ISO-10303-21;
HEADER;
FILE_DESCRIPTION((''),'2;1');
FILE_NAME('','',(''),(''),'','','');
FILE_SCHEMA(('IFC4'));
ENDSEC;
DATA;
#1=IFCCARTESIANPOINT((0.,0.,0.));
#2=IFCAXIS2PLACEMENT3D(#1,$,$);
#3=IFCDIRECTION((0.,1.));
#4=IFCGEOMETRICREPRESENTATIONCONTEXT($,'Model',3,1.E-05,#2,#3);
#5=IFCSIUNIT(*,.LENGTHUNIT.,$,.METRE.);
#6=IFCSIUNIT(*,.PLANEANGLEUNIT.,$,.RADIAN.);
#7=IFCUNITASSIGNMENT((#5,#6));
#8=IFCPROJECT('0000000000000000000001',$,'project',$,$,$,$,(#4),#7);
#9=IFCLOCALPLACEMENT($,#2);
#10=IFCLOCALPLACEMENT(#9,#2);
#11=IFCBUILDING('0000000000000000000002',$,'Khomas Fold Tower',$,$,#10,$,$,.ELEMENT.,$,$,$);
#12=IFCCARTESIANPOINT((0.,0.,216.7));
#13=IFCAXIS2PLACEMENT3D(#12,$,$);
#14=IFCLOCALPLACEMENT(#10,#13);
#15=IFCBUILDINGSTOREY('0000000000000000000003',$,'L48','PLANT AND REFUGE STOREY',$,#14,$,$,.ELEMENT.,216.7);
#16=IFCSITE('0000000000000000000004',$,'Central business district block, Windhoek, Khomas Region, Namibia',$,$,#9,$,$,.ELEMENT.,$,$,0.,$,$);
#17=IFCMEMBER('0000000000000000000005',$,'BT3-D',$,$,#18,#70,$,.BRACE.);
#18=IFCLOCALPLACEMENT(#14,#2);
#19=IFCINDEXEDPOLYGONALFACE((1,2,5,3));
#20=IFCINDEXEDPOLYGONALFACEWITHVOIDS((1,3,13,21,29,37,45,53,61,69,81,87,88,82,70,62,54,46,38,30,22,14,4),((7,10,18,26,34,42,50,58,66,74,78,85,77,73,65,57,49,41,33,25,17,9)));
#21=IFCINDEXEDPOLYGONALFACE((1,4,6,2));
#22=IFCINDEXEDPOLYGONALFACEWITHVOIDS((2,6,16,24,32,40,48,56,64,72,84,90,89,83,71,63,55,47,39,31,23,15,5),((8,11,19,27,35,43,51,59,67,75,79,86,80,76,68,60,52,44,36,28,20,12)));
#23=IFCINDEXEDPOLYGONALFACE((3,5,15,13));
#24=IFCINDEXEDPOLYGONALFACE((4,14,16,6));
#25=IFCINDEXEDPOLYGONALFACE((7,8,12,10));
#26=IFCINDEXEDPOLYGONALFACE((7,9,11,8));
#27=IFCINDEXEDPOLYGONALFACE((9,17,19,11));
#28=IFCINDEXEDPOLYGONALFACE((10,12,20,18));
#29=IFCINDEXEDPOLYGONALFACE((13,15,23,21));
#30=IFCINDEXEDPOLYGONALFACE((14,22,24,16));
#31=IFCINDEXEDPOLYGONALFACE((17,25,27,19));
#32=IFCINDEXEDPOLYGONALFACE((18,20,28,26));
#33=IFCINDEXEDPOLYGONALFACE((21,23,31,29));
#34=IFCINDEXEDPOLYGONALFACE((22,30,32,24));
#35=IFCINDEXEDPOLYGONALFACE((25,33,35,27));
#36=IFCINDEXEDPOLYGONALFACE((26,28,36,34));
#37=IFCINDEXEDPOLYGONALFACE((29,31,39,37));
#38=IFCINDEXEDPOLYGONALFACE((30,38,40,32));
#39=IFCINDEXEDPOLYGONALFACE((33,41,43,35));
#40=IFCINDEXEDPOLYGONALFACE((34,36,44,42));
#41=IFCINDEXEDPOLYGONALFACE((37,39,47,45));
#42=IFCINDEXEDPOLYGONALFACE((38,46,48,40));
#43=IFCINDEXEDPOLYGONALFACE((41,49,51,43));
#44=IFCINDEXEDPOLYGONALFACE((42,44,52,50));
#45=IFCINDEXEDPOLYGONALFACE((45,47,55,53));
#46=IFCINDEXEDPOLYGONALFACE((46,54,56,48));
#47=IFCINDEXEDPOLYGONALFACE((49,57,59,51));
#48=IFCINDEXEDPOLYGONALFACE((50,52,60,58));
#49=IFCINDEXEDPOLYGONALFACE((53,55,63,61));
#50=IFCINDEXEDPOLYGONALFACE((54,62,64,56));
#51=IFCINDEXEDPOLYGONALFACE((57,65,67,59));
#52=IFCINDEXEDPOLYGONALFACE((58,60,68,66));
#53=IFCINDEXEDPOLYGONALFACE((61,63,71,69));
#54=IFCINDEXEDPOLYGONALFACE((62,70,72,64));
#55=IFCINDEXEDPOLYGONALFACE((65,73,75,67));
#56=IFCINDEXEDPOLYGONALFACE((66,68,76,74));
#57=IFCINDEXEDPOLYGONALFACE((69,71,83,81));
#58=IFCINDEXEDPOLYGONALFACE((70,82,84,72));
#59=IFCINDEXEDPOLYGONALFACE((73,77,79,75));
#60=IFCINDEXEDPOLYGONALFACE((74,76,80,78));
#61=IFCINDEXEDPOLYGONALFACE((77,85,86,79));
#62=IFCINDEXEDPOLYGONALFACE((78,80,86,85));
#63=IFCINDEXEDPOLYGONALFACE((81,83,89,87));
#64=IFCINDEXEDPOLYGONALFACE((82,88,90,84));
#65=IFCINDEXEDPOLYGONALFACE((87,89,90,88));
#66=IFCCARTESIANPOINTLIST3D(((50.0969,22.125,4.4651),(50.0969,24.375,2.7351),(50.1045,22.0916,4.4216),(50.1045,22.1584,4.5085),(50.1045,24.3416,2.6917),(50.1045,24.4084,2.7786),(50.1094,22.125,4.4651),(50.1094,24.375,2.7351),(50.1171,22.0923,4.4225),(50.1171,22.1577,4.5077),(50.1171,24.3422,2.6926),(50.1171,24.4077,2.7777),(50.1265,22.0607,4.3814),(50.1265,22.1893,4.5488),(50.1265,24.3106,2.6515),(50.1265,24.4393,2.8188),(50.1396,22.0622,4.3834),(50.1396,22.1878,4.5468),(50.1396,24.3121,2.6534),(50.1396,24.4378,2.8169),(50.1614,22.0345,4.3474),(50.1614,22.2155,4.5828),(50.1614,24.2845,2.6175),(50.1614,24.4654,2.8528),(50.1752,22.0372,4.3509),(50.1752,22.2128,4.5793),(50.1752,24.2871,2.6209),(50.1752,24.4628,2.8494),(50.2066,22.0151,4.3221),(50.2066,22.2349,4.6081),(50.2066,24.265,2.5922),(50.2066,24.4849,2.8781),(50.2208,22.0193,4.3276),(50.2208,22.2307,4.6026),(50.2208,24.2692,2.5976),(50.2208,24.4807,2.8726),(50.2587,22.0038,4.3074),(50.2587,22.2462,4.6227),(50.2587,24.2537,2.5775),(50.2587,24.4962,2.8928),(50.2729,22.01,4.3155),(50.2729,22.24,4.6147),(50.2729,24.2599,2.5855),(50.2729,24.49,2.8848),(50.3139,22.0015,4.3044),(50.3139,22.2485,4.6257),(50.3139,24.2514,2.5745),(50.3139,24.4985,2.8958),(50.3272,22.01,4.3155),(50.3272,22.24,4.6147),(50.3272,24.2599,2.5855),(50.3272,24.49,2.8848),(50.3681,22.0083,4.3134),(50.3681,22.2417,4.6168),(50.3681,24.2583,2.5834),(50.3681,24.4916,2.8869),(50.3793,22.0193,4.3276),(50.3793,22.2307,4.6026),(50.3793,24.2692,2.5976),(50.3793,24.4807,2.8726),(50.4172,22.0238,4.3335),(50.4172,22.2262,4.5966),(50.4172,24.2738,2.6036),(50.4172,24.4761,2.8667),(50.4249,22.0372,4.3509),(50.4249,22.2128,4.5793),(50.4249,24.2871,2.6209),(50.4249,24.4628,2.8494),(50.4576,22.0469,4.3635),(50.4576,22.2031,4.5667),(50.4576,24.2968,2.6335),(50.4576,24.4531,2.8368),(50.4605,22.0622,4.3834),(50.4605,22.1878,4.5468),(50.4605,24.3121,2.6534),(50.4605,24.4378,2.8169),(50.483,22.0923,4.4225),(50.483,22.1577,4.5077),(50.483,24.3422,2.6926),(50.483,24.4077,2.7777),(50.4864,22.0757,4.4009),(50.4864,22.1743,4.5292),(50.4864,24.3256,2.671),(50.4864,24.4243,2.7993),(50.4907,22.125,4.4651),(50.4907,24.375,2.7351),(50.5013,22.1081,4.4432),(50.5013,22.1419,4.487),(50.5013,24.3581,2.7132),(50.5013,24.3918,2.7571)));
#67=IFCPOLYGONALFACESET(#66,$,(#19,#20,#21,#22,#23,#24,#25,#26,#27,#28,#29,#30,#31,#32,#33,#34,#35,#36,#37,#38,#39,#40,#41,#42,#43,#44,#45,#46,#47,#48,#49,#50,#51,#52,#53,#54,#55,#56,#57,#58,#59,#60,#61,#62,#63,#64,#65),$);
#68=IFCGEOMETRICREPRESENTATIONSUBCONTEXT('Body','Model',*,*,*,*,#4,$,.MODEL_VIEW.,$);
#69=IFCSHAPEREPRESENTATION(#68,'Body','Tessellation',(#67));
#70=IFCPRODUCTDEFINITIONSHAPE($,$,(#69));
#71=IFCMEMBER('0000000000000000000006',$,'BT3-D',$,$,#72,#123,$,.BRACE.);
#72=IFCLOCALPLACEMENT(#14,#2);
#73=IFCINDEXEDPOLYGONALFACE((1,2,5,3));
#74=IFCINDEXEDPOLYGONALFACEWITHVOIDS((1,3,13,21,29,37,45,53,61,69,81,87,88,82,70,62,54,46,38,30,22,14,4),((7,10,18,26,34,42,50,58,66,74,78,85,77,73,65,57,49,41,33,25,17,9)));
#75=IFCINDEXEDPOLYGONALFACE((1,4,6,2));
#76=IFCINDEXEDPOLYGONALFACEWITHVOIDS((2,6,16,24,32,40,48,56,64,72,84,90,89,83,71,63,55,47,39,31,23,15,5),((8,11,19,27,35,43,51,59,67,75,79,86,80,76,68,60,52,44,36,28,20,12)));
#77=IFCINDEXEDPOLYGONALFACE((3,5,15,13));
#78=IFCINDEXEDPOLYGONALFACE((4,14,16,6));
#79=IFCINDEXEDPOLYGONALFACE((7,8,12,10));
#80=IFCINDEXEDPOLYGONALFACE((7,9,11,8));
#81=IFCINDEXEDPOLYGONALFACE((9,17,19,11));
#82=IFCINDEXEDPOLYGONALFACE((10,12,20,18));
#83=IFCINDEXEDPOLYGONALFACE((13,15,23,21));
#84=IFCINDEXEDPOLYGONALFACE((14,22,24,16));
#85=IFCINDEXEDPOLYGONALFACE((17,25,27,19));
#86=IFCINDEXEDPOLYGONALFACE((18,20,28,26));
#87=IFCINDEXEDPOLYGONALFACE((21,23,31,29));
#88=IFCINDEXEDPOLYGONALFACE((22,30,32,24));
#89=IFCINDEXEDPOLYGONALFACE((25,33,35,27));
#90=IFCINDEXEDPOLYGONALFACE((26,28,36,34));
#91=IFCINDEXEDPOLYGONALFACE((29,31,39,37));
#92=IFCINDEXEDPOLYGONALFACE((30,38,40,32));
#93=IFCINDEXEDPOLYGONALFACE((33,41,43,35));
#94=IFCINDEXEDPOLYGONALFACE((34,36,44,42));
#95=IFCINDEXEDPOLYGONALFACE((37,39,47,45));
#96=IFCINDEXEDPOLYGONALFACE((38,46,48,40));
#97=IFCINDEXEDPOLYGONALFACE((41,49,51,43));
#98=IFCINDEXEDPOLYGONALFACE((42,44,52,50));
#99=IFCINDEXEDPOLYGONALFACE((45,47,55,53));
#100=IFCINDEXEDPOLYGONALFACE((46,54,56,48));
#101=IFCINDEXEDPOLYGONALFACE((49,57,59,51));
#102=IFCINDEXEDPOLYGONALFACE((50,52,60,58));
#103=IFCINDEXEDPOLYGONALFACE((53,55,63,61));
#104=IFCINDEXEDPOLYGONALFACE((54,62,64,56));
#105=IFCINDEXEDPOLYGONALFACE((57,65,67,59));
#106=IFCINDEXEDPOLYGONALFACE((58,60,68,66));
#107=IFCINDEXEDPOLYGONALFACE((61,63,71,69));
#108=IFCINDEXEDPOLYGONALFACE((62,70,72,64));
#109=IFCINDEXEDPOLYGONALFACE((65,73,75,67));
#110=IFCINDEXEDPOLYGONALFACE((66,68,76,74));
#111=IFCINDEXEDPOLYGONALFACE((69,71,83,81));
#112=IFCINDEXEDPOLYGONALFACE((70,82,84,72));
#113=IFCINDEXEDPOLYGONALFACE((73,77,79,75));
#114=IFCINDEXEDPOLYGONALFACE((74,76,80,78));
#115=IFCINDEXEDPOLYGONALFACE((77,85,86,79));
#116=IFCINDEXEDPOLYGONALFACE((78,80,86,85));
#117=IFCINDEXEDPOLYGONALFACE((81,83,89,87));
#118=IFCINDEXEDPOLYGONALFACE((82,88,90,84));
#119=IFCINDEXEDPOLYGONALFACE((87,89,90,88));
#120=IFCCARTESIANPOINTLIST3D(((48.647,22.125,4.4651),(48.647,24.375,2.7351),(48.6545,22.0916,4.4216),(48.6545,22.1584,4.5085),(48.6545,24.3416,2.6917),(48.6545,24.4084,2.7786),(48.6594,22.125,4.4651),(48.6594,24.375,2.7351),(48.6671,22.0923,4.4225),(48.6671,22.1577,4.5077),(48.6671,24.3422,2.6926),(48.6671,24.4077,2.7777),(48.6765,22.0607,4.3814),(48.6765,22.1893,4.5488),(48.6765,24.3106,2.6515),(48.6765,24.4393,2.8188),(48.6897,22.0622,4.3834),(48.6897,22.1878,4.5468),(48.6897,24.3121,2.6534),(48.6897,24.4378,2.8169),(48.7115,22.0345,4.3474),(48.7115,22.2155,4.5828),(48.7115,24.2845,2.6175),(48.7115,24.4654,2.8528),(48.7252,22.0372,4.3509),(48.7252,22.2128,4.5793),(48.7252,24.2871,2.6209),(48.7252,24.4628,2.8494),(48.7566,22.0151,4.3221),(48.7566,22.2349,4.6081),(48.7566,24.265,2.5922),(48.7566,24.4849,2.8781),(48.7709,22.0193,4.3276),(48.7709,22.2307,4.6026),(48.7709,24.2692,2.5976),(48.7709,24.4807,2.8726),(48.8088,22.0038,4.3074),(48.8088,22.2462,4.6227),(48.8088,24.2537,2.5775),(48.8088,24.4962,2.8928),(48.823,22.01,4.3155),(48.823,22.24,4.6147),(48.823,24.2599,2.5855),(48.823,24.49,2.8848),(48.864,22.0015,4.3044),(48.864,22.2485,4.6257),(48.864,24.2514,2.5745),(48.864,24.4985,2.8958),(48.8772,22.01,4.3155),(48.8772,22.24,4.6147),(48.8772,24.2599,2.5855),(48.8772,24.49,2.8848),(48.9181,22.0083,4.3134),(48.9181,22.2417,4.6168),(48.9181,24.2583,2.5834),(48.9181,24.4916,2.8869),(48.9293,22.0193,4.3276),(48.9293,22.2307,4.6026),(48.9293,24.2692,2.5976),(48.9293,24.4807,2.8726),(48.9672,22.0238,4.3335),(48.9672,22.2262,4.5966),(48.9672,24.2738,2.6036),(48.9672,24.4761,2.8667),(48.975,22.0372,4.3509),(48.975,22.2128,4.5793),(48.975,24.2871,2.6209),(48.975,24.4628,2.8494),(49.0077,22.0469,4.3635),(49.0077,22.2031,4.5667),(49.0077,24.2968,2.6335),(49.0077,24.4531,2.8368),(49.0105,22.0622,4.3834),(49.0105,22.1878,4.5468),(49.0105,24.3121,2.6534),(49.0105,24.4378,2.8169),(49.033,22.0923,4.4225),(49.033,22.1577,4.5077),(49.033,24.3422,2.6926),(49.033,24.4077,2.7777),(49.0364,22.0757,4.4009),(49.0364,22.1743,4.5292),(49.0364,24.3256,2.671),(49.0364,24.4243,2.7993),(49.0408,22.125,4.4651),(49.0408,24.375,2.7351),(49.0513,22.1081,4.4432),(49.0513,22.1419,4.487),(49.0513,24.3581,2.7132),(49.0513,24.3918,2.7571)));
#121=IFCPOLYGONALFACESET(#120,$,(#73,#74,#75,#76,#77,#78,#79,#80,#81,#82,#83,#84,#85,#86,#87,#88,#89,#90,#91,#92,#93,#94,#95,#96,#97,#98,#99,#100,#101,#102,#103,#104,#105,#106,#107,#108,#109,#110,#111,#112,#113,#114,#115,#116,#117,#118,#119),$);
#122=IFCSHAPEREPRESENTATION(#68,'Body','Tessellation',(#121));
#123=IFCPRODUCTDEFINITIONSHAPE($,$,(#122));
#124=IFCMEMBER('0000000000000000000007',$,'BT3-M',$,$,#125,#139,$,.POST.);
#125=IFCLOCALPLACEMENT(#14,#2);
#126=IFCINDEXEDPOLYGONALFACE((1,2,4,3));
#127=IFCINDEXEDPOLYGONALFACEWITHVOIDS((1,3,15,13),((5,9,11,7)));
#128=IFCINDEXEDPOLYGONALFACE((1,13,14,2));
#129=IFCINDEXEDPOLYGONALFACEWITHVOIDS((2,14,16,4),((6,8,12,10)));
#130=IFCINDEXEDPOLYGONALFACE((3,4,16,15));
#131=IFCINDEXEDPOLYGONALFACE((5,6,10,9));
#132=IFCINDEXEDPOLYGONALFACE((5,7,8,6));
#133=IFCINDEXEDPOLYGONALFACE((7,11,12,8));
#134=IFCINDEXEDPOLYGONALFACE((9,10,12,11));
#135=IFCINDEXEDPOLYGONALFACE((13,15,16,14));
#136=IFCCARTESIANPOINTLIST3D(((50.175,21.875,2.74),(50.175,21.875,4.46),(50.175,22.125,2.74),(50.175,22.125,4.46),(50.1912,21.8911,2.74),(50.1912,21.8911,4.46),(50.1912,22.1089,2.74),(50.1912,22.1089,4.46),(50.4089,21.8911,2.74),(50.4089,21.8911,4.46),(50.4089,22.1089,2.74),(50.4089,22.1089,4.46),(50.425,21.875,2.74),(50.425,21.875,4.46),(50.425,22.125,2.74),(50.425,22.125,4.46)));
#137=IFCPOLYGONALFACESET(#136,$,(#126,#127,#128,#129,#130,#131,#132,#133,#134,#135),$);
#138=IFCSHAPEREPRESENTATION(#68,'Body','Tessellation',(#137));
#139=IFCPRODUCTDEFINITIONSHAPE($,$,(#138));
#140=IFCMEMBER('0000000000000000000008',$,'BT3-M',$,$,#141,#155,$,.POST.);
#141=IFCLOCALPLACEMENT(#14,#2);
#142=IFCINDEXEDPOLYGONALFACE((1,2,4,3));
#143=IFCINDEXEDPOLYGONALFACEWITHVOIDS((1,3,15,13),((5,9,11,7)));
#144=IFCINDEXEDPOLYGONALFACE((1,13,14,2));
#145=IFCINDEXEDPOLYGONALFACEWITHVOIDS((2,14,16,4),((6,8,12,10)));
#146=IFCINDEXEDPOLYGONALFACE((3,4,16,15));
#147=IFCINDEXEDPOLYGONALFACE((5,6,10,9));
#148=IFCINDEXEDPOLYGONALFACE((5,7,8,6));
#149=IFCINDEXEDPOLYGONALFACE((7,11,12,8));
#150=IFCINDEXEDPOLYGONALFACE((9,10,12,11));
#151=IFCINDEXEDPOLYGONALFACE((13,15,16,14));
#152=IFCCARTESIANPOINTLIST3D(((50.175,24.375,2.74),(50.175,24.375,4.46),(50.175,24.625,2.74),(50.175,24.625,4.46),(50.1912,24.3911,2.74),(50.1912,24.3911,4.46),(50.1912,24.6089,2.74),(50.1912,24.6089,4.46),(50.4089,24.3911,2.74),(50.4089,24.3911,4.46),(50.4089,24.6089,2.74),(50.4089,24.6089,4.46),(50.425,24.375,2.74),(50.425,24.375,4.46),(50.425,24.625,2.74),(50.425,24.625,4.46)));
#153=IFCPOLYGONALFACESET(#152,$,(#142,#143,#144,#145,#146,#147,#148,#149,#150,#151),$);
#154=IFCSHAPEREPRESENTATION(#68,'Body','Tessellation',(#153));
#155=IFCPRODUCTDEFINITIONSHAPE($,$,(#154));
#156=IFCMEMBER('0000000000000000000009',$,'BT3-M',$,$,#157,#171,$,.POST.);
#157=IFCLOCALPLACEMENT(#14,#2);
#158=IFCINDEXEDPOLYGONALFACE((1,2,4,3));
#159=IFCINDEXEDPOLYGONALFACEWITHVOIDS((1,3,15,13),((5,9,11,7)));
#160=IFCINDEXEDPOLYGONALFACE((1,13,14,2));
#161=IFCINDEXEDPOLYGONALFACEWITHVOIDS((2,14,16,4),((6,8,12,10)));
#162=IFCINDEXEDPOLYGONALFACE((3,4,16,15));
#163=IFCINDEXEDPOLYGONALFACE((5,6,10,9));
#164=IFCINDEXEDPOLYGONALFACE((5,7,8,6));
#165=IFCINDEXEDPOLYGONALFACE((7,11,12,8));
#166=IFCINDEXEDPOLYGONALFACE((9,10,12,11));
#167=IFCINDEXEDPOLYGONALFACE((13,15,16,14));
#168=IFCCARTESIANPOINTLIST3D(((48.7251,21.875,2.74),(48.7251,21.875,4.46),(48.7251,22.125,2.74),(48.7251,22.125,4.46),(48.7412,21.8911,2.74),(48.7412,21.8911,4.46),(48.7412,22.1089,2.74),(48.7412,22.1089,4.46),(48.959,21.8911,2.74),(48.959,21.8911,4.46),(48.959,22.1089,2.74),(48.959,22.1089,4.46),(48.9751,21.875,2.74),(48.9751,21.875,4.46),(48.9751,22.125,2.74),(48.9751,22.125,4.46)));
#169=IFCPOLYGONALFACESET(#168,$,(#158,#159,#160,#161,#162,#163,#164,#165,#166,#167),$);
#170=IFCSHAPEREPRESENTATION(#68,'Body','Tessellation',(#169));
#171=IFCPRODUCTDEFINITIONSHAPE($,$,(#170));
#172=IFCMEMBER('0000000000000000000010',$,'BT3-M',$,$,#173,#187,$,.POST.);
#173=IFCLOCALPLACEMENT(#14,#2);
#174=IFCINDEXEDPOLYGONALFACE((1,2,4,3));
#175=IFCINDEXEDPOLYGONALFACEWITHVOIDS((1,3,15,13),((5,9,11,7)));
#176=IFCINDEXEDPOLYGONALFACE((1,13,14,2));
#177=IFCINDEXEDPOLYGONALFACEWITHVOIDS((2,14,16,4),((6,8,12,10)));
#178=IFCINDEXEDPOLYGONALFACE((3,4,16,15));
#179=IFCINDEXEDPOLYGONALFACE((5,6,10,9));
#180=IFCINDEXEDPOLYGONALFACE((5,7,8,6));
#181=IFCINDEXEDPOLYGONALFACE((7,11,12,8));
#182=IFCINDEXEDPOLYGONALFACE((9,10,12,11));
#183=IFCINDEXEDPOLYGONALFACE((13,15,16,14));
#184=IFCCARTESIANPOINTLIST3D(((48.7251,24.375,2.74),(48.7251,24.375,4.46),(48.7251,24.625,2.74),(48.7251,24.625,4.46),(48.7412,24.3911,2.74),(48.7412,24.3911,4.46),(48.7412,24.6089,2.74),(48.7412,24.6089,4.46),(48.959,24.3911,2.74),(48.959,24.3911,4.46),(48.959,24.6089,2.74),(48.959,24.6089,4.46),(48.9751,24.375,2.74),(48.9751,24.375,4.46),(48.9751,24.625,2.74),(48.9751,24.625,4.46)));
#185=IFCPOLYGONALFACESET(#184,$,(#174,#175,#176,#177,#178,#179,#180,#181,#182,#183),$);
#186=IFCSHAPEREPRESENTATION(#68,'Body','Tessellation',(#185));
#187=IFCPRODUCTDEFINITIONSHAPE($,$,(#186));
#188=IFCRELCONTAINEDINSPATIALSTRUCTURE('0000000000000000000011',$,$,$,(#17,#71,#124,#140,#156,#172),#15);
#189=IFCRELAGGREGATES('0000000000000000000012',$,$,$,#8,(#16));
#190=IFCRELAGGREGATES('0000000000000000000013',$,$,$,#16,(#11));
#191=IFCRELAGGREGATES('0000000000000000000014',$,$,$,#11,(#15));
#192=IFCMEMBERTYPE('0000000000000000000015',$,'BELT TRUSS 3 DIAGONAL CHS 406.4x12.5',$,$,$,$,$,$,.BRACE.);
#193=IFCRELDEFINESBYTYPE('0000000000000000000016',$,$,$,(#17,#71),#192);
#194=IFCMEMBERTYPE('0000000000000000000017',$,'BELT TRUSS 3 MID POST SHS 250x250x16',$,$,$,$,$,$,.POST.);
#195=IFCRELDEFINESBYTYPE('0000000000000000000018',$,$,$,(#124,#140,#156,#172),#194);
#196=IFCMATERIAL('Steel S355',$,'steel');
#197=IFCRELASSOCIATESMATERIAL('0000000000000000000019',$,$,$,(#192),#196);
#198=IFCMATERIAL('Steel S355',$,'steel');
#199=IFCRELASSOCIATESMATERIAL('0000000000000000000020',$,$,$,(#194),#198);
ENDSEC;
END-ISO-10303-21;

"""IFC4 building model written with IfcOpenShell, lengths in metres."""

from ifc_helpers import new_model, si_unit, direction, frame, origin, origin_2d, place, context, subcontext, project, spatial, hollow_rectangle, hollow_circle, extrude, source, transform, mapped, material, material_profile, profile_set, type_object, element, save


model = new_model("IFC4")

# Units and contexts
model_context = context("Model", 3, precision=1e-05, world=origin(), true_north=direction((0.0, 1.0)))
body_context = subcontext(model_context, "Body", "Model", "MODEL_VIEW")
ifc_project = project(units=[si_unit("LENGTHUNIT", "METRE"), si_unit("PLANEANGLEUNIT", "RADIAN")], contexts=[model_context])

# Site, building, storey
site_placement = place(None, origin())
site = spatial("IfcSite", under=ifc_project, at=site_placement, Name="Central business district block, Windhoek, Khomas Region, Namibia", CompositionType="ELEMENT", RefElevation=0.0)
building_placement = place(site_placement, origin())
building = spatial("IfcBuilding", under=site, at=building_placement, Name="Khomas Fold Tower", CompositionType="ELEMENT")
storey_placement = place(building_placement, frame((0.0, 0.0, 216.7)))
storey = spatial("IfcBuildingStorey", under=building, at=storey_placement, Name="L48", Description="PLANT AND REFUGE STOREY", CompositionType="ELEMENT", Elevation=216.7)

# Members
ifc_material_1 = material(Name="Steel S355", Category="steel")
ifc_material_profile_1 = material_profile(ifc_material_1, hollow_circle(Radius=0.2031, WallThickness=0.0125, at=origin_2d()), Name="CHS 406.4x12.5")
ifc_profile_set_1 = profile_set([ifc_material_profile_1], Name="Steel S355")
member_type_1 = type_object("IfcMemberType", Name="BELT TRUSS 3 DIAGONAL CHS 406.4x12.5", PredefinedType="BRACE", material=ifc_profile_set_1)
shared_shape_1 = source(origin(), body_context, "Body", "SweptSolid", [
    extrude(hollow_circle(Radius=0.2031, WallThickness=0.0125, at=origin_2d()), origin(), (0.0, 0.0, 1.0), 2.8381),
])
for number, where, z_axis, x_axis, name in (
    (1, (50.3, 22.125, 4.4651), (0.0, 0.792758, -0.609536), (-1.0, 0.0, 0.0), "BT3-D"),
    (2, (48.8501, 22.125, 4.4651), (0.0, 0.792758, -0.609536), (-1.0, 0.0, 0.0), "BT3-D"),
):
    element("IfcMember", number, at=place(storey_placement, frame(where, z_axis=z_axis, x_axis=x_axis)), inside=storey, type_object=member_type_1, Name=name, PredefinedType="BRACE", context=body_context, shape_type="MappedRepresentation", body=[
        mapped(shared_shape_1, transform((0.0, 0.0, 0.0))),
    ])
ifc_material_2 = material(Name="Steel S355", Category="steel")
ifc_material_profile_2 = material_profile(ifc_material_2, hollow_rectangle(XDim=0.25, YDim=0.25, WallThickness=0.0161, at=origin_2d()), Name="SHS 250x250x16")
ifc_profile_set_2 = profile_set([ifc_material_profile_2], Name="Steel S355")
member_type_2 = type_object("IfcMemberType", Name="BELT TRUSS 3 MID POST SHS 250x250x16", PredefinedType="POST", material=ifc_profile_set_2)
shared_shape_2 = source(origin(), body_context, "Body", "SweptSolid", [
    extrude(hollow_rectangle(XDim=0.25, YDim=0.25, WallThickness=0.0161, at=origin_2d()), origin(), (0.0, 0.0, 1.0), 1.72),
])
for number, where, z_axis, x_axis, name in (
    (3, (50.3, 22.0, 2.74), (0.0, 0.0, 1.0), (1.0, 0.0, 0.0), "BT3-M"),
    (4, (50.3, 24.5, 2.74), (0.0, 0.0, 1.0), (1.0, 0.0, 0.0), "BT3-M"),
    (5, (48.8501, 22.0, 2.74), (0.0, 0.0, 1.0), (1.0, 0.0, 0.0), "BT3-M"),
    (6, (48.8501, 24.5, 2.74), (0.0, 0.0, 1.0), (1.0, 0.0, 0.0), "BT3-M"),
):
    element("IfcMember", number, at=place(storey_placement, frame(where, z_axis=z_axis, x_axis=x_axis)), inside=storey, type_object=member_type_2, Name=name, PredefinedType="POST", context=body_context, shape_type="MappedRepresentation", body=[
        mapped(shared_shape_2, transform((0.0, 0.0, 0.0))),
    ])

save(model, "model.ifc")
